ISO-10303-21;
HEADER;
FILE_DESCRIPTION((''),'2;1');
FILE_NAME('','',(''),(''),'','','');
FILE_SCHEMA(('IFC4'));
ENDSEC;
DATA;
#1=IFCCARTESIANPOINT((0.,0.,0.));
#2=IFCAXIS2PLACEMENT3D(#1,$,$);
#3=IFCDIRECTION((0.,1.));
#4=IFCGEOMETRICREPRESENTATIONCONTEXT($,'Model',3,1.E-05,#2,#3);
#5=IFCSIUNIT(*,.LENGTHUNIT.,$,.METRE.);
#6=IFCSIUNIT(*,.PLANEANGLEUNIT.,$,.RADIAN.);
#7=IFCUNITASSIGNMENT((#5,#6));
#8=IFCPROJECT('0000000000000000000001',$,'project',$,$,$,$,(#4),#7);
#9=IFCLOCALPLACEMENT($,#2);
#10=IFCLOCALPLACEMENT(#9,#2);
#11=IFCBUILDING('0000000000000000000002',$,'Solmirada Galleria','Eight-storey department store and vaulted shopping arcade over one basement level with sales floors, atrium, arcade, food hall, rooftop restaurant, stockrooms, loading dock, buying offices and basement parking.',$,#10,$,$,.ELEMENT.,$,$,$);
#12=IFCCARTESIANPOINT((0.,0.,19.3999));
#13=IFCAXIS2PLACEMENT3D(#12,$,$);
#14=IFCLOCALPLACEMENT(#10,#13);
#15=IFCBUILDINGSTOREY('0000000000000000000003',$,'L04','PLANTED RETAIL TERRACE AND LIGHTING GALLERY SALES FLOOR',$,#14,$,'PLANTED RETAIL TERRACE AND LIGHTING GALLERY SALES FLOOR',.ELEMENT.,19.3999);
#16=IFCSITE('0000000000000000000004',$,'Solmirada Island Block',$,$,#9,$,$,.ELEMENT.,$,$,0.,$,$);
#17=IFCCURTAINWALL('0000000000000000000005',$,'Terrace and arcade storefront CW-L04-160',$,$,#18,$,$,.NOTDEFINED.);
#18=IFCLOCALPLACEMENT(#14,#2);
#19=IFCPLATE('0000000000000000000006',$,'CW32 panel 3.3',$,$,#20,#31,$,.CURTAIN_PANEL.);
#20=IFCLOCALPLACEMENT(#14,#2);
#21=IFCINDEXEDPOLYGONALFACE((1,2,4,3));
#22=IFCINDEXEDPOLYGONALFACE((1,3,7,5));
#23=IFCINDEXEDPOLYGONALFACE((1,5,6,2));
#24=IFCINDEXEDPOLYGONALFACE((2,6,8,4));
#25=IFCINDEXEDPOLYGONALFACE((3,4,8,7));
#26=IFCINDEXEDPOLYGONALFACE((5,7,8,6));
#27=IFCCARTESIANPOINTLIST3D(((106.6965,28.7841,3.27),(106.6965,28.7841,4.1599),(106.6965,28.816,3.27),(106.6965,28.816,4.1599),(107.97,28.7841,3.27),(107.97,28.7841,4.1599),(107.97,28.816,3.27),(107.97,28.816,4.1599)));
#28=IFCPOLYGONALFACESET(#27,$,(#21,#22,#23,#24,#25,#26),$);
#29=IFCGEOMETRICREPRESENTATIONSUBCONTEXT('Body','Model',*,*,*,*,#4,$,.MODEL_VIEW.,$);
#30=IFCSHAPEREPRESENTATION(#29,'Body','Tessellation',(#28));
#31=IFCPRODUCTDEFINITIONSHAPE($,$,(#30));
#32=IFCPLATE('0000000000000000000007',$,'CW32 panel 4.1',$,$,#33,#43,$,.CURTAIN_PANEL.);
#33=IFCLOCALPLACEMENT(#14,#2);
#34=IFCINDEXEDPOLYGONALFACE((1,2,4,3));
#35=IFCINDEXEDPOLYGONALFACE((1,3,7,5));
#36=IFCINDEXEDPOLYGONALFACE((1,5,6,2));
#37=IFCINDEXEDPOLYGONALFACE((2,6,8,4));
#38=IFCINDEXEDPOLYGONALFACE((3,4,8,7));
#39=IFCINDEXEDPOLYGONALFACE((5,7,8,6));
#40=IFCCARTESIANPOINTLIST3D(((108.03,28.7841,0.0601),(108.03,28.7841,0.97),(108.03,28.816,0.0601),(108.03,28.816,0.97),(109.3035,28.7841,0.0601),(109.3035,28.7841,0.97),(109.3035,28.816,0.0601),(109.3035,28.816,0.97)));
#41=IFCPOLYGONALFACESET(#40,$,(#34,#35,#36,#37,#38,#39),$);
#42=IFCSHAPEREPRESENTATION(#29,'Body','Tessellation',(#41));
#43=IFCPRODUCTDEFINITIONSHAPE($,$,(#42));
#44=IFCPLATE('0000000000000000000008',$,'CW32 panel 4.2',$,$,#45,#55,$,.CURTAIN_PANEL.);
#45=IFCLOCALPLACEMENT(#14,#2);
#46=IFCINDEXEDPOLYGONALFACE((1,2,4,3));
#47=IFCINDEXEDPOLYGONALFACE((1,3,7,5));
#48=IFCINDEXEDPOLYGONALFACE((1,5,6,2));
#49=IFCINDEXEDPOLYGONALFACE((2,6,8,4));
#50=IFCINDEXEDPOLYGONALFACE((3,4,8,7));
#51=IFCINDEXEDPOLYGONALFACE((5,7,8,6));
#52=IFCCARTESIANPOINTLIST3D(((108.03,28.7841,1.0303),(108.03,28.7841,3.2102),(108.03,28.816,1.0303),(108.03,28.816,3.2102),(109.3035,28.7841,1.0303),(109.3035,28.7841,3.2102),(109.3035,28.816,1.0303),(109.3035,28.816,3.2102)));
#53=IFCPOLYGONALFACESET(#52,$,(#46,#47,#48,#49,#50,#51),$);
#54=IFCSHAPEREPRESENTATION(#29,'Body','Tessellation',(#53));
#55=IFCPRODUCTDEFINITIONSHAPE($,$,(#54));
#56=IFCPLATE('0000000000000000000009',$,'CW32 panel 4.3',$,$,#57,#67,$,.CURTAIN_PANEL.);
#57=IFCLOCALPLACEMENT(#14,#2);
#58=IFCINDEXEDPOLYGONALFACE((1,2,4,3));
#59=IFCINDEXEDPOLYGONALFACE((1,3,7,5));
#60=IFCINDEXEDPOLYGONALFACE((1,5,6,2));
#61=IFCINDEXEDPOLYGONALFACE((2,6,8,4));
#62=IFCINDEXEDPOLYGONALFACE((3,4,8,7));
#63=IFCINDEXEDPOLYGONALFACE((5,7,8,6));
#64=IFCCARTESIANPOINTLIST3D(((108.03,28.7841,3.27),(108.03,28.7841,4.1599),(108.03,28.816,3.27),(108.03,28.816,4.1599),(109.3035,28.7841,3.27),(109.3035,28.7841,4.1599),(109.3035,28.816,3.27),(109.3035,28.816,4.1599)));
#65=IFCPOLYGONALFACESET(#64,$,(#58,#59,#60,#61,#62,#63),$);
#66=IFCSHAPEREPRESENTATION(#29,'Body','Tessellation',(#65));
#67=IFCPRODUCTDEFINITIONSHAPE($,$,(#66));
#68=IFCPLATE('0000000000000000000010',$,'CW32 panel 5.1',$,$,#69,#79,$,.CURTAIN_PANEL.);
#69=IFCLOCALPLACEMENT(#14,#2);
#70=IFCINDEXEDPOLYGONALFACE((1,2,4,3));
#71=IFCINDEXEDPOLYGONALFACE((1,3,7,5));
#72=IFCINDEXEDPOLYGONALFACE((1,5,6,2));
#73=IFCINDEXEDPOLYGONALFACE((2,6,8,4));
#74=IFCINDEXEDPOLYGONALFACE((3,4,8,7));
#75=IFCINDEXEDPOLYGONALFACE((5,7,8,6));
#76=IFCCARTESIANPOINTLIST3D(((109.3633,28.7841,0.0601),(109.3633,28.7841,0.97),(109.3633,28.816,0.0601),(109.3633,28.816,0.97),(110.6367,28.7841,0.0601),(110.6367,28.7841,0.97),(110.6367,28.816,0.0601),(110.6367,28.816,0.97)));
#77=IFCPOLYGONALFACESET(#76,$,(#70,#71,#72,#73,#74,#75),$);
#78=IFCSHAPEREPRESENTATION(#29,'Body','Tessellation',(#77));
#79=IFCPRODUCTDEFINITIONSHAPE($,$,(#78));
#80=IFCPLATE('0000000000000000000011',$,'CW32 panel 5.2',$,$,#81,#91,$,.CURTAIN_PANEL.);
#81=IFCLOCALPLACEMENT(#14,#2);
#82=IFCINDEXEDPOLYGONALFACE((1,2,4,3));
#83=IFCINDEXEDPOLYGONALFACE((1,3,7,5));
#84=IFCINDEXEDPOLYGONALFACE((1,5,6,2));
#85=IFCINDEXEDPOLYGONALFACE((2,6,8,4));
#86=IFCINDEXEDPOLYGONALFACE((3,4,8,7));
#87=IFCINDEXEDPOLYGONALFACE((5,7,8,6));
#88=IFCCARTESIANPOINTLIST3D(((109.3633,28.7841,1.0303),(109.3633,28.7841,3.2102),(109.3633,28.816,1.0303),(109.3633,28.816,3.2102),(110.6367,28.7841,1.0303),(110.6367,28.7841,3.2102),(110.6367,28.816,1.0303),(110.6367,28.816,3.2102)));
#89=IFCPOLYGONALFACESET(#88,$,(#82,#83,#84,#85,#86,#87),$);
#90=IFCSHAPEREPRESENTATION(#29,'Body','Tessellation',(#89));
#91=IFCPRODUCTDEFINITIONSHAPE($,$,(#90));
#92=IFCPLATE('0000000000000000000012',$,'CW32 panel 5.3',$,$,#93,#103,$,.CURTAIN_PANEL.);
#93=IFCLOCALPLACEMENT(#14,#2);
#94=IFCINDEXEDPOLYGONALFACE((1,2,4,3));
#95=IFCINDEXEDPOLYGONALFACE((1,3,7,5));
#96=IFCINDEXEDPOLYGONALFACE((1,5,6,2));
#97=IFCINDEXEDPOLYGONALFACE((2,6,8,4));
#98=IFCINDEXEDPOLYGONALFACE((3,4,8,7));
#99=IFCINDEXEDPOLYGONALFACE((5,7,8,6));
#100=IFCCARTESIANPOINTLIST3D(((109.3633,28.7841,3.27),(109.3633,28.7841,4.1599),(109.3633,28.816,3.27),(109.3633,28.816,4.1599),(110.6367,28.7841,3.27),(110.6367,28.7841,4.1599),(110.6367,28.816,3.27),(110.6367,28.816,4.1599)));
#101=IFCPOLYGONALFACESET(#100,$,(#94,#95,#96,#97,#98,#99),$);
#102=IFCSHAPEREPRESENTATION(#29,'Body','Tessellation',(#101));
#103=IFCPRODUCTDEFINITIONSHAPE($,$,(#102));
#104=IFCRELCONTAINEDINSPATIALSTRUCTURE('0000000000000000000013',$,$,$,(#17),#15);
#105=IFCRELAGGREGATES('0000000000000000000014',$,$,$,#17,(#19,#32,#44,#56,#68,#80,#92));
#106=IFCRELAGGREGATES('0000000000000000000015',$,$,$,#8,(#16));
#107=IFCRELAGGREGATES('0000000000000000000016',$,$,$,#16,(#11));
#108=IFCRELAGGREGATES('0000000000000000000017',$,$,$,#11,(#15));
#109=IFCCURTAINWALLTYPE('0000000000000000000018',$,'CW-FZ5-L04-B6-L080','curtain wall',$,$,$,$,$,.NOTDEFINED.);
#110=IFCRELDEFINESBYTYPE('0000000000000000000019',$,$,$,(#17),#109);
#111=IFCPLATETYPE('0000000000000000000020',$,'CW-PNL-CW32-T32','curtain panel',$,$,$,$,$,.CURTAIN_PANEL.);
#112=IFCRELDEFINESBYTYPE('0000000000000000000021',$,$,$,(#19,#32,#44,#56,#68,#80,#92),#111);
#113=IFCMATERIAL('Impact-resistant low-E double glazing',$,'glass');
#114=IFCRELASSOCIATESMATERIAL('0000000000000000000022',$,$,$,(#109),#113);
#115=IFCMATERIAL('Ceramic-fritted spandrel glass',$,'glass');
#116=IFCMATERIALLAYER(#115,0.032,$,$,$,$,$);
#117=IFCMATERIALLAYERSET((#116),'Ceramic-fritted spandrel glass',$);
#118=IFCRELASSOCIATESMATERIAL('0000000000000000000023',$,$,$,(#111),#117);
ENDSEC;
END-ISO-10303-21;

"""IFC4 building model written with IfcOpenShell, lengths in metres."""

from ifc_helpers import new_model, si_unit, direction, frame, origin, origin_2d, place, context, subcontext, project, spatial, rectangle, extrude, material, layer, layer_set, type_object, element, aggregate, save


model = new_model("IFC4")

# Units and contexts
model_context = context("Model", 3, precision=1e-05, world=origin(), true_north=direction((0.0, 1.0)))
body_context = subcontext(model_context, "Body", "Model", "MODEL_VIEW")
ifc_project = project(units=[si_unit("LENGTHUNIT", "METRE"), si_unit("PLANEANGLEUNIT", "RADIAN")], contexts=[model_context])

# Site, building, storey
site_placement = place(None, origin())
site = spatial("IfcSite", under=ifc_project, at=site_placement, Name="Solmirada Island Block", CompositionType="ELEMENT", RefElevation=0.0)
building_placement = place(site_placement, origin())
building = spatial("IfcBuilding", under=site, at=building_placement, Name="Solmirada Galleria", Description="Eight-storey department store and vaulted shopping arcade over one basement level with sales floors, atrium, arcade, food hall, rooftop restaurant, stockrooms, loading dock, buying offices and basement parking.", CompositionType="ELEMENT")
storey_placement = place(building_placement, frame((0.0, 0.0, 19.3999)))
storey = spatial("IfcBuildingStorey", under=building, at=storey_placement, Name="L04", Description="PLANTED RETAIL TERRACE AND LIGHTING GALLERY SALES FLOOR", LongName="PLANTED RETAIL TERRACE AND LIGHTING GALLERY SALES FLOOR", CompositionType="ELEMENT", Elevation=19.3999)

# Curtain wall, plates
ifc_material_1 = material(Name="Impact-resistant low-E double glazing", Category="glass")
curtain_wall_type = type_object("IfcCurtainWallType", Name="CW-FZ5-L04-B6-L080", Description="curtain wall", PredefinedType="NOTDEFINED", material=ifc_material_1)
curtain_wall_placement = place(storey_placement, origin())
curtain_wall = element("IfcCurtainWall", 1, at=curtain_wall_placement, inside=storey, type_object=curtain_wall_type, Name="Terrace and arcade storefront CW-L04-160", PredefinedType="NOTDEFINED")
ifc_material_2 = material(Name="Ceramic-fritted spandrel glass", Category="glass")
ifc_layer = layer(ifc_material_2, 0.032)
ifc_layer_set = layer_set([ifc_layer], Name="Ceramic-fritted spandrel glass")
plate_type = type_object("IfcPlateType", Name="CW-PNL-CW32-T32", Description="curtain panel", PredefinedType="CURTAIN_PANEL", material=ifc_layer_set)
plate_1_placement = place(storey_placement, frame((107.3333, 28.8, 3.27), z_axis=(0.0, 0.0, 1.0), x_axis=(1.0, 0.0, 0.0)))
plate_1 = element("IfcPlate", 2, at=plate_1_placement, type_object=plate_type, Name="CW32 panel 3.3", PredefinedType="CURTAIN_PANEL", context=body_context, shape_type="SweptSolid", body=[
    extrude(rectangle(XDim=1.2734, YDim=0.032, at=origin_2d()), origin(), (0.0, 0.0, 1.0), 0.8899),
])
plate_2_placement = place(storey_placement, frame((108.6667, 28.8, 0.0601), z_axis=(0.0, 0.0, 1.0), x_axis=(1.0, 0.0, 0.0)))
plate_2 = element("IfcPlate", 3, at=plate_2_placement, type_object=plate_type, Name="CW32 panel 4.1", PredefinedType="CURTAIN_PANEL", context=body_context, shape_type="SweptSolid", body=[
    extrude(rectangle(XDim=1.2734, YDim=0.032, at=origin_2d()), origin(), (0.0, 0.0, 1.0), 0.9099),
])
plate_3_placement = place(storey_placement, frame((108.6667, 28.8, 1.0303), z_axis=(0.0, 0.0, 1.0), x_axis=(1.0, 0.0, 0.0)))
plate_3 = element("IfcPlate", 4, at=plate_3_placement, type_object=plate_type, Name="CW32 panel 4.2", PredefinedType="CURTAIN_PANEL", context=body_context, shape_type="SweptSolid", body=[
    extrude(rectangle(XDim=1.2734, YDim=0.032, at=origin_2d()), origin(), (0.0, 0.0, 1.0), 2.1799),
])
plate_4_placement = place(storey_placement, frame((108.6667, 28.8, 3.27), z_axis=(0.0, 0.0, 1.0), x_axis=(1.0, 0.0, 0.0)))
plate_4 = element("IfcPlate", 5, at=plate_4_placement, type_object=plate_type, Name="CW32 panel 4.3", PredefinedType="CURTAIN_PANEL", context=body_context, shape_type="SweptSolid", body=[
    extrude(rectangle(XDim=1.2734, YDim=0.032, at=origin_2d()), origin(), (0.0, 0.0, 1.0), 0.8899),
])
plate_5_placement = place(storey_placement, frame((110.0, 28.8, 0.0601), z_axis=(0.0, 0.0, 1.0), x_axis=(1.0, 0.0, 0.0)))
plate_5 = element("IfcPlate", 6, at=plate_5_placement, type_object=plate_type, Name="CW32 panel 5.1", PredefinedType="CURTAIN_PANEL", context=body_context, shape_type="SweptSolid", body=[
    extrude(rectangle(XDim=1.2734, YDim=0.032, at=origin_2d()), origin(), (0.0, 0.0, 1.0), 0.9099),
])
plate_6_placement = place(storey_placement, frame((110.0, 28.8, 1.0303), z_axis=(0.0, 0.0, 1.0), x_axis=(1.0, 0.0, 0.0)))
plate_6 = element("IfcPlate", 7, at=plate_6_placement, type_object=plate_type, Name="CW32 panel 5.2", PredefinedType="CURTAIN_PANEL", context=body_context, shape_type="SweptSolid", body=[
    extrude(rectangle(XDim=1.2734, YDim=0.032, at=origin_2d()), origin(), (0.0, 0.0, 1.0), 2.1799),
])
plate_7_placement = place(storey_placement, frame((110.0, 28.8, 3.27), z_axis=(0.0, 0.0, 1.0), x_axis=(1.0, 0.0, 0.0)))
plate_7 = element("IfcPlate", 8, at=plate_7_placement, type_object=plate_type, Name="CW32 panel 5.3", PredefinedType="CURTAIN_PANEL", context=body_context, shape_type="SweptSolid", body=[
    extrude(rectangle(XDim=1.2734, YDim=0.032, at=origin_2d()), origin(), (0.0, 0.0, 1.0), 0.8899),
])
aggregate(curtain_wall, [plate_1, plate_2, plate_3, plate_4, plate_5, plate_6, plate_7])

save(model, "model.ifc")
